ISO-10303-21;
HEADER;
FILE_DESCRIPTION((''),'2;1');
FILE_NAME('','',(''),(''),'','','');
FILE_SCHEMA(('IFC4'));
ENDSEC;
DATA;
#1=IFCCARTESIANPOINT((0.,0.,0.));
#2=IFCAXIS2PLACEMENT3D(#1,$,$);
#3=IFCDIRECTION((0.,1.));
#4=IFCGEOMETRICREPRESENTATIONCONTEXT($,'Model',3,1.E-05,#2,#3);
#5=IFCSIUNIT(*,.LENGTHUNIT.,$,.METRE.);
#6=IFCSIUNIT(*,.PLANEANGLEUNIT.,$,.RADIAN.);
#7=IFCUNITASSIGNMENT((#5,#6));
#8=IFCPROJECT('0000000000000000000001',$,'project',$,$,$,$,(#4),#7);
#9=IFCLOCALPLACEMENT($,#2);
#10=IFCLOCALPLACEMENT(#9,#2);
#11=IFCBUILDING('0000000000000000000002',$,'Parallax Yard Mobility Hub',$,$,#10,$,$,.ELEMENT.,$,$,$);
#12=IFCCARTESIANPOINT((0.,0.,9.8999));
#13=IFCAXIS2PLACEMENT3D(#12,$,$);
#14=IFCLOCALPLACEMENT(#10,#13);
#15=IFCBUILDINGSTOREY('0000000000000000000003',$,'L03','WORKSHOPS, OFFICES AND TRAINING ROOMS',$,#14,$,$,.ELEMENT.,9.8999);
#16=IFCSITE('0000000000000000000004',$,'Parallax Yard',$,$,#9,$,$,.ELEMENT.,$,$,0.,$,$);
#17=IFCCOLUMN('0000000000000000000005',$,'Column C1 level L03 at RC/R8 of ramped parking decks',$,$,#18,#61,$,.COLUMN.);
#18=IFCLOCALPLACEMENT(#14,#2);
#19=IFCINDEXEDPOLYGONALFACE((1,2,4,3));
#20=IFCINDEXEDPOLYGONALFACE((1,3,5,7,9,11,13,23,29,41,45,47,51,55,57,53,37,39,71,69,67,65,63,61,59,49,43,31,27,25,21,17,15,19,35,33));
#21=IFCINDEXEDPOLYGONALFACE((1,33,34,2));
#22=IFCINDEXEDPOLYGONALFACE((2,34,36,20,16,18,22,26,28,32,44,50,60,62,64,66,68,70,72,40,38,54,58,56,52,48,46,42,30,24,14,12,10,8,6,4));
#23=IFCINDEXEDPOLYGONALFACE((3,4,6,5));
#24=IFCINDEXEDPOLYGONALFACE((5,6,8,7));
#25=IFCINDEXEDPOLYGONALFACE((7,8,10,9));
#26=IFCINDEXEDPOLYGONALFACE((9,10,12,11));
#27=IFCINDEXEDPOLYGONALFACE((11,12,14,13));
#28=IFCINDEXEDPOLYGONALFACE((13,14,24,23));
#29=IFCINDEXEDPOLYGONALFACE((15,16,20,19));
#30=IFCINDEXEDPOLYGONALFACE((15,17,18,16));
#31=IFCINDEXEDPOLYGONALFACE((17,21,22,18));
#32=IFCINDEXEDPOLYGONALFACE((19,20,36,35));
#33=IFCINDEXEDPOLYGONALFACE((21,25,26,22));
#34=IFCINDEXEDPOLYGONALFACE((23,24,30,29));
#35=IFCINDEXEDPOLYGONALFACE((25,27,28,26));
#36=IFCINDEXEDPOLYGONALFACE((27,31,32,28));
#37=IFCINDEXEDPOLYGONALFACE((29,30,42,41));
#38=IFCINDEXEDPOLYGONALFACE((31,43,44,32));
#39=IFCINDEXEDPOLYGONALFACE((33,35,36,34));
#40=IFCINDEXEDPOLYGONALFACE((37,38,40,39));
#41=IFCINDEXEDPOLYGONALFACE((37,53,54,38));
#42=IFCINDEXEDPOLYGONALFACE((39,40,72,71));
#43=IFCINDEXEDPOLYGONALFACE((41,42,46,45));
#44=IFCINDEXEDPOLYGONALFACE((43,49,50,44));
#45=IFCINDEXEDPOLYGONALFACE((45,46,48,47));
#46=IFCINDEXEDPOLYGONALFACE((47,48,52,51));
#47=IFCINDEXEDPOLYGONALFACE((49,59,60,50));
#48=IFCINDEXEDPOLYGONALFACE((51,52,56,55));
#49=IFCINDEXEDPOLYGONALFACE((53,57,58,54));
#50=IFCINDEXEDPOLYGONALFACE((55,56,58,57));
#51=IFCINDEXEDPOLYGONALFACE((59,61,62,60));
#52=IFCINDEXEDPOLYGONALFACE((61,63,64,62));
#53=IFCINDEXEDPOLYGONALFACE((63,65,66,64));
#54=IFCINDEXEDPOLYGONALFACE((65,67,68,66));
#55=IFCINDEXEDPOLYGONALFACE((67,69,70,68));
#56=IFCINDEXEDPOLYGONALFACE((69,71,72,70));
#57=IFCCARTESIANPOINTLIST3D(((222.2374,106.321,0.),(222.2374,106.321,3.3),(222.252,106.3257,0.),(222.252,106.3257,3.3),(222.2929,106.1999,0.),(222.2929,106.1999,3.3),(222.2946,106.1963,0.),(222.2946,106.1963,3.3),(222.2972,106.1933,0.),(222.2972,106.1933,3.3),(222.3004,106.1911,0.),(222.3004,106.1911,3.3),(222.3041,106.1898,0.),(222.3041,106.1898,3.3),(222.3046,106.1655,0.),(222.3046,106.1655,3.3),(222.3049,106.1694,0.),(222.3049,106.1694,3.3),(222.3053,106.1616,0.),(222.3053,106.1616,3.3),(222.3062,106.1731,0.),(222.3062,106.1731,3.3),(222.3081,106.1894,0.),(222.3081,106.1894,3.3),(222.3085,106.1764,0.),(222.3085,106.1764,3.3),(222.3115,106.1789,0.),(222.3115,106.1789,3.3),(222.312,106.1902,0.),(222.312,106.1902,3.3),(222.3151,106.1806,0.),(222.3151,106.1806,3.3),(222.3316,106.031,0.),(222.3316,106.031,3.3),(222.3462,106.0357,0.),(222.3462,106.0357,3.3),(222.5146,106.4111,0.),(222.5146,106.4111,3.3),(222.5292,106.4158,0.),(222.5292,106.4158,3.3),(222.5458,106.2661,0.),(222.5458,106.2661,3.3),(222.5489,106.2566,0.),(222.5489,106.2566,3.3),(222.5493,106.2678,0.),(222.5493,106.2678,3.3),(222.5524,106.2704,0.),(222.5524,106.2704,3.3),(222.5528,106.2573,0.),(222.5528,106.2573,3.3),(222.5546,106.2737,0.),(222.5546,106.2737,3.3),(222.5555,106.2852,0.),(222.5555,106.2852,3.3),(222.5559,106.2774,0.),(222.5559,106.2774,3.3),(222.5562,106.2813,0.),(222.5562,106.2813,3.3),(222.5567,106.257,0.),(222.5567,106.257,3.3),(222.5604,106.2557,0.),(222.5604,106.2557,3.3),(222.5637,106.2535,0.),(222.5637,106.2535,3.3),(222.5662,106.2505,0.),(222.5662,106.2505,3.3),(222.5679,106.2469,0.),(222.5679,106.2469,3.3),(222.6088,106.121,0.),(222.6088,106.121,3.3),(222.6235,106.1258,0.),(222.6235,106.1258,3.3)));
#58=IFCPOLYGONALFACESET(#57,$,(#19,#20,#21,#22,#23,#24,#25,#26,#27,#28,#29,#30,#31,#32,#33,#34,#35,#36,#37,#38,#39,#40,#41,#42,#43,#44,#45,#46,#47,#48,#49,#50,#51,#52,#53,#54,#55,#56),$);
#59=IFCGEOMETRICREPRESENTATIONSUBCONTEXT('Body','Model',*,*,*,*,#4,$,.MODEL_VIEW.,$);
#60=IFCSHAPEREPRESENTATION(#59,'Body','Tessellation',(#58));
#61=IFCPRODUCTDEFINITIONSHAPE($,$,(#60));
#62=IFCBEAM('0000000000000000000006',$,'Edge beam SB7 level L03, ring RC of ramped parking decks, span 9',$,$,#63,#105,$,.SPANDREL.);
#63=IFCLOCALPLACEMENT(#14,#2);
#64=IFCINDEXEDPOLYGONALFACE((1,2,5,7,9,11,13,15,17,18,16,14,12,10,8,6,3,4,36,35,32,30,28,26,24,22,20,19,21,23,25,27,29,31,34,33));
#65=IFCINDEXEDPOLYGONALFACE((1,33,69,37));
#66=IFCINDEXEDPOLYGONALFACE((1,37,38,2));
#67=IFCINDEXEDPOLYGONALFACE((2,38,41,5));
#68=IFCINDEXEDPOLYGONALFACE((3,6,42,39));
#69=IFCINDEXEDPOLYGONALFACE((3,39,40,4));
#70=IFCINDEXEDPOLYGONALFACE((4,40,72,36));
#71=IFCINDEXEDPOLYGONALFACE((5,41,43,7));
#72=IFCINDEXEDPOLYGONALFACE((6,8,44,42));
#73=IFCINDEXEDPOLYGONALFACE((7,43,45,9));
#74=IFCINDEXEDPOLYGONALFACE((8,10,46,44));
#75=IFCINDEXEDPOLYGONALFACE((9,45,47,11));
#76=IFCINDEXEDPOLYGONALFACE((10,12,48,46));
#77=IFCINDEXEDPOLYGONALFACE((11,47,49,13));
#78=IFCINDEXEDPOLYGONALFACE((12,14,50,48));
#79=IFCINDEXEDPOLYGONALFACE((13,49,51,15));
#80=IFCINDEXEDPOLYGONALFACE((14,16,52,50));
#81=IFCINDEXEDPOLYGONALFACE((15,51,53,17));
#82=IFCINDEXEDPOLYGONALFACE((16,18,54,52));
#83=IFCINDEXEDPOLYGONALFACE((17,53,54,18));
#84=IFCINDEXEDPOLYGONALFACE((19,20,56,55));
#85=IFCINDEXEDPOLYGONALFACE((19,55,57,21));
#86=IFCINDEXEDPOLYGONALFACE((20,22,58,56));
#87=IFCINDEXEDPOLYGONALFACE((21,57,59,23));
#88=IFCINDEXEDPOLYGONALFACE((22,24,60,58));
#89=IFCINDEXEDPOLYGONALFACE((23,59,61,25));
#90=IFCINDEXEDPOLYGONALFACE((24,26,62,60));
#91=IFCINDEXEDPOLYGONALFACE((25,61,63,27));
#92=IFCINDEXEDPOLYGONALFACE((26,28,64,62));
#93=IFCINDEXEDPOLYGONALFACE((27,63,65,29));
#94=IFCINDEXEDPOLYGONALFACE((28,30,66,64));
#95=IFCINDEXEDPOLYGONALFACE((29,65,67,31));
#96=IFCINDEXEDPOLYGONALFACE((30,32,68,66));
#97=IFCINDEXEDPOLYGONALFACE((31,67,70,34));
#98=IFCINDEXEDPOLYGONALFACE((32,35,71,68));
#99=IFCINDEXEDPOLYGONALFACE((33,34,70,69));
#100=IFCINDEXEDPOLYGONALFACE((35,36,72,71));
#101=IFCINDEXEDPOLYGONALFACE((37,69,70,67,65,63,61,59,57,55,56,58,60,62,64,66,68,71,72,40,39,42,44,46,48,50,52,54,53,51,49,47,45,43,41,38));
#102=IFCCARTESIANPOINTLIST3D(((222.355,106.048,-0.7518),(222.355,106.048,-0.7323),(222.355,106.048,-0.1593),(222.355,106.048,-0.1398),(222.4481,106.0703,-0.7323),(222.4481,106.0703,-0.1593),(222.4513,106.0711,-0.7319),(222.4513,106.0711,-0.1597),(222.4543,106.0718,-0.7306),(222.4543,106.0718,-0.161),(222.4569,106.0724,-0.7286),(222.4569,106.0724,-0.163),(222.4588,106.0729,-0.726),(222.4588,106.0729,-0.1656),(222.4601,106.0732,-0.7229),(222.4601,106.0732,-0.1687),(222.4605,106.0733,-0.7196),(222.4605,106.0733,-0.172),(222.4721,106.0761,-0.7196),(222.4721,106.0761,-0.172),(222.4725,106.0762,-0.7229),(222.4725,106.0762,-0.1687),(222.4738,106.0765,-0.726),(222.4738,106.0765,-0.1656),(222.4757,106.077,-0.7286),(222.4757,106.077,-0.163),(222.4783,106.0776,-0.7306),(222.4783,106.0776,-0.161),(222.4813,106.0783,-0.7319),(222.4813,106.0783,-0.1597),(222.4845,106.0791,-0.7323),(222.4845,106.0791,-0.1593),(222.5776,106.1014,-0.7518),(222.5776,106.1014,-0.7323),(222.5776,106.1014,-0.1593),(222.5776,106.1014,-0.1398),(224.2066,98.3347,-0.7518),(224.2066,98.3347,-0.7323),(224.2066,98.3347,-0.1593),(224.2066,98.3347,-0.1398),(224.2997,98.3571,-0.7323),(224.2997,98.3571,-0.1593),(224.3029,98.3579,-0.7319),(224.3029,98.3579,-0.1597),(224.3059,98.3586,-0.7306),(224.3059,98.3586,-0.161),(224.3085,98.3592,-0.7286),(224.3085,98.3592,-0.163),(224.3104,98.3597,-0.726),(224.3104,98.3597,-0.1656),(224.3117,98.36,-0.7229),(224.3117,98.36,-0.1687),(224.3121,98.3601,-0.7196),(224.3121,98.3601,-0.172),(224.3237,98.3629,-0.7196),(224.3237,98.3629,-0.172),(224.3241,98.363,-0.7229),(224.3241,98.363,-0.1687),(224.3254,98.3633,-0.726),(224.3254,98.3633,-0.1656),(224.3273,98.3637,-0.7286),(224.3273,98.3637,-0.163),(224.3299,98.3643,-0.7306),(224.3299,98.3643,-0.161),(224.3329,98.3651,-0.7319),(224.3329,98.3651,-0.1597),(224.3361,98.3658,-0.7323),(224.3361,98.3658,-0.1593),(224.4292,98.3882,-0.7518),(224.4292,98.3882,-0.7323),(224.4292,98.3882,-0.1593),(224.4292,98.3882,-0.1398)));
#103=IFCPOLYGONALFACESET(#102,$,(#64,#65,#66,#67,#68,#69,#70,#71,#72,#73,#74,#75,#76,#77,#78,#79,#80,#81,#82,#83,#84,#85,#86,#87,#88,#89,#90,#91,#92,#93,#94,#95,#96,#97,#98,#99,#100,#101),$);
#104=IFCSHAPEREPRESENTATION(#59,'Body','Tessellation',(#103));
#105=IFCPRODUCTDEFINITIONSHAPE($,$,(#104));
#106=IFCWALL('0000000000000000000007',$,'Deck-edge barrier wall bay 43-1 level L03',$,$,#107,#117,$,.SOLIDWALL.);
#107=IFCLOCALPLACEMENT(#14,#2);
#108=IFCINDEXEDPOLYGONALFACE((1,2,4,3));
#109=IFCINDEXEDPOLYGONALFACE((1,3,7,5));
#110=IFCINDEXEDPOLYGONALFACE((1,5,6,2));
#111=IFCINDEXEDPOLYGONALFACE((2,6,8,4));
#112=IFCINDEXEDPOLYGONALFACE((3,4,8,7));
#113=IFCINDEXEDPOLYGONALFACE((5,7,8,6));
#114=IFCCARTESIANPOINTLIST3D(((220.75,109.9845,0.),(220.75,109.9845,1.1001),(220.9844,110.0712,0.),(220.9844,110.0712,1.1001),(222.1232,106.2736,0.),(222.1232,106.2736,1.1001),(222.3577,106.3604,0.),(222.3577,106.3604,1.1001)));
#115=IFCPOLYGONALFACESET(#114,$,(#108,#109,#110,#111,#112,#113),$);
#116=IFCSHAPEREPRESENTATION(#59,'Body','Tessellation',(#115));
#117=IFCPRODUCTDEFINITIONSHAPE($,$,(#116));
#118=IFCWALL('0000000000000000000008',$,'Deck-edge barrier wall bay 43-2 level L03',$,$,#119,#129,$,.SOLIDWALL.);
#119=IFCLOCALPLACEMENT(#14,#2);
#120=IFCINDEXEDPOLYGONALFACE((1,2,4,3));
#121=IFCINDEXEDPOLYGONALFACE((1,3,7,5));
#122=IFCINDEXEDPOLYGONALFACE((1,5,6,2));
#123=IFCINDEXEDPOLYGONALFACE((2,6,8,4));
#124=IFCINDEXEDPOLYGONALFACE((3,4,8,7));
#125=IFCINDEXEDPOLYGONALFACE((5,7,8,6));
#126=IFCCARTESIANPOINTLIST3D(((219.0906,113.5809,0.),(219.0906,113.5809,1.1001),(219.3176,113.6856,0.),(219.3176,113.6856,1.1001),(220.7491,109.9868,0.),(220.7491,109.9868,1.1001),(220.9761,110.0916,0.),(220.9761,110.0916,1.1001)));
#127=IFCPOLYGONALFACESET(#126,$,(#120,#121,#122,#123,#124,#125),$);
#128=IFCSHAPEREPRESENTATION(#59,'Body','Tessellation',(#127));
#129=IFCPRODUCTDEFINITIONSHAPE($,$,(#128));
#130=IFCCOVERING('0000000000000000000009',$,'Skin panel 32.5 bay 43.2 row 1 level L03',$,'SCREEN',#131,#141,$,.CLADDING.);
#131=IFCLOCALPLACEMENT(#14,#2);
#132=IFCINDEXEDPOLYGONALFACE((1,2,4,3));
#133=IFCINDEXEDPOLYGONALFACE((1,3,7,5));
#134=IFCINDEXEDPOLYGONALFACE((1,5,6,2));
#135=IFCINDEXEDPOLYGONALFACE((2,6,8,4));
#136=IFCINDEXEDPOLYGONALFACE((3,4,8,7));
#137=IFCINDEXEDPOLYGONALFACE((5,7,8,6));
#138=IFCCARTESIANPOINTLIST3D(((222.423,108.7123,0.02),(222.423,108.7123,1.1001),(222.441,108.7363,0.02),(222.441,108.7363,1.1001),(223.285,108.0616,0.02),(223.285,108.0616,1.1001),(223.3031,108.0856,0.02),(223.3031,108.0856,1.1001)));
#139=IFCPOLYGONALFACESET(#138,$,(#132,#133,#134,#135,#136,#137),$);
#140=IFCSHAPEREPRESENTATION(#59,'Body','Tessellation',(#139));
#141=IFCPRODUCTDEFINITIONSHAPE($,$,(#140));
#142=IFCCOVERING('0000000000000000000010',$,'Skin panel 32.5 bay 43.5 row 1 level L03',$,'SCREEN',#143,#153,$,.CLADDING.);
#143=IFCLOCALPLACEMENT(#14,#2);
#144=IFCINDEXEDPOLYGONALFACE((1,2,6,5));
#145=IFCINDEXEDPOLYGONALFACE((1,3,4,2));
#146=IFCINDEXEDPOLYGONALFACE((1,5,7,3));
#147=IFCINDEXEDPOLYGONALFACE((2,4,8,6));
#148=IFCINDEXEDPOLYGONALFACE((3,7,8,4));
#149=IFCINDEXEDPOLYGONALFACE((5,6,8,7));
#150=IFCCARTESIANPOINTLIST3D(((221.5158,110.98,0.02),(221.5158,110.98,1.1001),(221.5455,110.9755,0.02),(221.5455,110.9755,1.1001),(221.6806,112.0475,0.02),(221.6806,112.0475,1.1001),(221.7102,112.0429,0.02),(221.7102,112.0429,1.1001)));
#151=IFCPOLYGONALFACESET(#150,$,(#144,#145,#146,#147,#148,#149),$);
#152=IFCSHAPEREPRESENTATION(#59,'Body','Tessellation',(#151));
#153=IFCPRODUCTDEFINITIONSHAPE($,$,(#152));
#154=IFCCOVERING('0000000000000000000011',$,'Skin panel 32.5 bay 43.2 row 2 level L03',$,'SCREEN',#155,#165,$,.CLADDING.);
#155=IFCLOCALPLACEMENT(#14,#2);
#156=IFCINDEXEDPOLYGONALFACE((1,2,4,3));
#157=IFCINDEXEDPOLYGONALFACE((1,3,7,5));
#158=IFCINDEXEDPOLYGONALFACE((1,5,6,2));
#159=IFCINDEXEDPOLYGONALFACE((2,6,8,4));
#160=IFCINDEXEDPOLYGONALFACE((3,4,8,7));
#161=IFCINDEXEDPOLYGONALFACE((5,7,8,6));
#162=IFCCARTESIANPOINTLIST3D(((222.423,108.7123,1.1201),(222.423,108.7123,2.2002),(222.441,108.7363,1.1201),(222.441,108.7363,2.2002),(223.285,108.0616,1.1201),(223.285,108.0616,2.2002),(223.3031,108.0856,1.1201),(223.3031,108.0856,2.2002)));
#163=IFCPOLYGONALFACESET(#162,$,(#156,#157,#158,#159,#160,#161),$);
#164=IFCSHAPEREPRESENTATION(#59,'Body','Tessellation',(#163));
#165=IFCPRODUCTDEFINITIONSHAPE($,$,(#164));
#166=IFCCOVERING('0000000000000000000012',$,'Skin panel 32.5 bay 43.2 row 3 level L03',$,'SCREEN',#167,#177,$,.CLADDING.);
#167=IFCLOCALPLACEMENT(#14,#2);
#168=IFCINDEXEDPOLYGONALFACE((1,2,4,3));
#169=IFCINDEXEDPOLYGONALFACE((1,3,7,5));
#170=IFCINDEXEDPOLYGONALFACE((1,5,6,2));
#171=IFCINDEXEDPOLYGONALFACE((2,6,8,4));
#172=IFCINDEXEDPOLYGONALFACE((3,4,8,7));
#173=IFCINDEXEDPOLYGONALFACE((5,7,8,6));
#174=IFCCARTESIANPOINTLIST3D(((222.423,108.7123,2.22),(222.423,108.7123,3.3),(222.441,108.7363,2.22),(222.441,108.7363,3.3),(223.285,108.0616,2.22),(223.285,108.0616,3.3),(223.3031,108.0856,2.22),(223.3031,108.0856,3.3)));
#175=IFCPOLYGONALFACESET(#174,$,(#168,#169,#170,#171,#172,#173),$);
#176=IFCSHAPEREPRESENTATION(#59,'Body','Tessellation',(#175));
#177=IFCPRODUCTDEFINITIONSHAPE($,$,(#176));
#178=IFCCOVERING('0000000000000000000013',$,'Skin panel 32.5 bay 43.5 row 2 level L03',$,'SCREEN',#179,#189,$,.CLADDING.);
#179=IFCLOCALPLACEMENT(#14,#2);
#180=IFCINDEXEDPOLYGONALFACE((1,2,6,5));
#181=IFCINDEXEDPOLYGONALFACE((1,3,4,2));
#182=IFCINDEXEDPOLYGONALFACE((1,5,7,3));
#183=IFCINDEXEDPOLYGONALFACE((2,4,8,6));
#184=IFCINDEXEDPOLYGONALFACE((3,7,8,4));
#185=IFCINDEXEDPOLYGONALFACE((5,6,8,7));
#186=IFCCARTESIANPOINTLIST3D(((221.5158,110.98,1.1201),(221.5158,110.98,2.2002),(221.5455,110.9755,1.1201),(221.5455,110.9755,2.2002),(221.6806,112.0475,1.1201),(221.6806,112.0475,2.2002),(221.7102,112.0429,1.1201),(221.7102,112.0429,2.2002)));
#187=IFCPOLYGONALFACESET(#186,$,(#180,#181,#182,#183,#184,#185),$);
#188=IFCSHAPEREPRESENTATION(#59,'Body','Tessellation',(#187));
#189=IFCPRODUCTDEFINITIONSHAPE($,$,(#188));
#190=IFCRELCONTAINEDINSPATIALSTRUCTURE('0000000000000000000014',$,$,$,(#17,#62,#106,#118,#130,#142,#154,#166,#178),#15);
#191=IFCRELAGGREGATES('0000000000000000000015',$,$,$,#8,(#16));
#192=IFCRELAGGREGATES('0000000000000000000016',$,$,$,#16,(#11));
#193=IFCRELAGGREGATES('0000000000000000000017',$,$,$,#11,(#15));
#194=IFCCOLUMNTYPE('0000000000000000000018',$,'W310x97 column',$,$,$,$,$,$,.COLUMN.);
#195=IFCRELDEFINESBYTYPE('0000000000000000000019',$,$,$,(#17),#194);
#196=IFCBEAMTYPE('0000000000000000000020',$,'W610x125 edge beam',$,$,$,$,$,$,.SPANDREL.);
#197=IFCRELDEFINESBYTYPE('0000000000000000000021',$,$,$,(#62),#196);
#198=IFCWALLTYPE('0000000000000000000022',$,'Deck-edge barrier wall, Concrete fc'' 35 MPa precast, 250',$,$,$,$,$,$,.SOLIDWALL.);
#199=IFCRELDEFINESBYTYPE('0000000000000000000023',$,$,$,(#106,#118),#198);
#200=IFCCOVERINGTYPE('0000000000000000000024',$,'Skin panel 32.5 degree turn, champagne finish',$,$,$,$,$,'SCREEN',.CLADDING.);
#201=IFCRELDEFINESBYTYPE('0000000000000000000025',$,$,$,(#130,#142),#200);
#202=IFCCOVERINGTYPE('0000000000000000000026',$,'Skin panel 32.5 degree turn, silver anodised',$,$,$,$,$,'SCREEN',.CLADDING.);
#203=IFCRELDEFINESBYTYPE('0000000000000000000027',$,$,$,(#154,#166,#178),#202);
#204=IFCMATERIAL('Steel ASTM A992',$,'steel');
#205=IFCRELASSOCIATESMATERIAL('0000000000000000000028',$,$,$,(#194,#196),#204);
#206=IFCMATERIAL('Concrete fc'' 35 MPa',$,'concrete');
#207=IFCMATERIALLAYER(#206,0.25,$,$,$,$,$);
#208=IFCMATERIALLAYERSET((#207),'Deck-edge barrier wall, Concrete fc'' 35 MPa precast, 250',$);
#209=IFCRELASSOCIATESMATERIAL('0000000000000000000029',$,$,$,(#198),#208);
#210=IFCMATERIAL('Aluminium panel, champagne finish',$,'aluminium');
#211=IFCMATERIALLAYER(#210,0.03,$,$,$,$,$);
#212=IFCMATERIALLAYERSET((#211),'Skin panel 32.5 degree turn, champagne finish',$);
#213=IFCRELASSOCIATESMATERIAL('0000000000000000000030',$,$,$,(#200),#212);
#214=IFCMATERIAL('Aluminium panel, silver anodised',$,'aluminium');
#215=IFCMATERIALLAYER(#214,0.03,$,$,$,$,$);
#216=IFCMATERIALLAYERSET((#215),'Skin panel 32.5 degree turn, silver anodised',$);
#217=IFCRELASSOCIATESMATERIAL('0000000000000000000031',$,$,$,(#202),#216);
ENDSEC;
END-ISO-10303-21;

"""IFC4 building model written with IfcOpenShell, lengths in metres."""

from ifc_helpers import new_model, si_unit, direction, frame, frame_2d, origin, origin_2d, place, context, subcontext, project, spatial, rectangle, i_section, extrude, material, layer, layer_set, material_profile, profile_set, type_object, element, save


model = new_model("IFC4")

# Units and contexts
model_context = context("Model", 3, precision=1e-05, world=origin(), true_north=direction((0.0, 1.0)))
body_context = subcontext(model_context, "Body", "Model", "MODEL_VIEW")
ifc_project = project(units=[si_unit("LENGTHUNIT", "METRE"), si_unit("PLANEANGLEUNIT", "RADIAN")], contexts=[model_context])

# Site, building, storey
site_placement = place(None, origin())
site = spatial("IfcSite", under=ifc_project, at=site_placement, Name="Parallax Yard", CompositionType="ELEMENT", RefElevation=0.0)
building_placement = place(site_placement, origin())
building = spatial("IfcBuilding", under=site, at=building_placement, Name="Parallax Yard Mobility Hub", CompositionType="ELEMENT")
storey_placement = place(building_placement, frame((0.0, 0.0, 9.8999)))
storey = spatial("IfcBuildingStorey", under=building, at=storey_placement, Name="L03", Description="WORKSHOPS, OFFICES AND TRAINING ROOMS", CompositionType="ELEMENT", Elevation=9.8999)

# Column
ifc_material_1 = material(Name="Steel ASTM A992", Category="steel")
ifc_material_profile_1 = material_profile(ifc_material_1, i_section(OverallWidth=0.3049, OverallDepth=0.3069, WebThickness=0.01, FlangeThickness=0.0154, FilletRadius=0.0151, at=origin_2d()), Name="W310x97")
ifc_profile_set_1 = profile_set([ifc_material_profile_1], Name="Steel ASTM A992")
column_type = type_object("IfcColumnType", Name="W310x97 column", PredefinedType="COLUMN", material=ifc_profile_set_1)
column_placement = place(storey_placement, frame((222.4304, 106.2234, 0.0), z_axis=(0.0, 0.0, 1.0), x_axis=(-0.309017, 0.951057, 0.0)))
element("IfcColumn", 1, at=column_placement, inside=storey, type_object=column_type, Name="Column C1 level L03 at RC/R8 of ramped parking decks", PredefinedType="COLUMN", context=body_context, shape_type="SweptSolid", body=[
    extrude(i_section(OverallWidth=0.3049, OverallDepth=0.3069, WebThickness=0.01, FlangeThickness=0.0154, FilletRadius=0.0151, at=origin_2d()), origin(), (0.0, 0.0, 1.0), 3.3),
])

# Beam
ifc_material_profile_2 = material_profile(ifc_material_1, i_section(OverallWidth=0.229, OverallDepth=0.6121, WebThickness=0.012, FlangeThickness=0.0195, FilletRadius=0.0127, at=origin_2d()), Name="W610x125")
ifc_profile_set_2 = profile_set([ifc_material_profile_2], Name="Steel ASTM A992")
beam_type = type_object("IfcBeamType", Name="W610x125 edge beam", PredefinedType="SPANDREL", material=ifc_profile_set_2)
beam_placement = place(storey_placement, frame((222.4663, 106.0747, -0.4458), z_axis=(0.233422, -0.972376, 0.0), x_axis=(0.972376, 0.233422, 0.0)))
element("IfcBeam", 2, at=beam_placement, inside=storey, type_object=beam_type, Name="Edge beam SB7 level L03, ring RC of ramped parking decks, span 9", PredefinedType="SPANDREL", context=body_context, shape_type="SweptSolid", body=[
    extrude(i_section(OverallWidth=0.229, OverallDepth=0.6121, WebThickness=0.012, FlangeThickness=0.0195, FilletRadius=0.0127, at=origin_2d()), origin(), (0.0, 0.0, 1.0), 7.9324),
])

# Walls
ifc_material_2 = material(Name="Concrete fc' 35 MPa", Category="concrete")
ifc_layer_1 = layer(ifc_material_2, 0.25)
ifc_layer_set_1 = layer_set([ifc_layer_1], Name="Deck-edge barrier wall, Concrete fc' 35 MPa precast, 250")
wall_type = type_object("IfcWallType", Name="Deck-edge barrier wall, Concrete fc' 35 MPa precast, 250", PredefinedType="SOLIDWALL", material=ifc_layer_set_1)
wall_1_placement = place(storey_placement, frame((222.2405, 106.3169, 0.0), z_axis=(0.0, 0.0, 1.0), x_axis=(-0.347063, 0.937842, 0.0)))
element("IfcWall", 3, at=wall_1_placement, inside=storey, type_object=wall_type, Name="Deck-edge barrier wall bay 43-1 level L03", PredefinedType="SOLIDWALL", context=body_context, shape_type="SweptSolid", body=[
    extrude(rectangle(XDim=3.9568, YDim=0.25, at=frame_2d((1.9785, 0.0))), origin(), (0.0, 0.0, 1.0), 1.1001),
])
wall_2_placement = place(storey_placement, frame((220.8625, 110.0393, 0.0), z_axis=(0.0, 0.0, 1.0), x_axis=(-0.418992, 0.90799, 0.0)))
element("IfcWall", 4, at=wall_2_placement, inside=storey, type_object=wall_type, Name="Deck-edge barrier wall bay 43-2 level L03", PredefinedType="SOLIDWALL", context=body_context, shape_type="SweptSolid", body=[
    extrude(rectangle(XDim=3.9583, YDim=0.25, at=frame_2d((1.979, 0.0))), origin(), (0.0, 0.0, 1.0), 1.1001),
])

# Coverings
ifc_material_3 = material(Name="Aluminium panel, champagne finish", Category="aluminium")
ifc_layer_2 = layer(ifc_material_3, 0.03)
ifc_layer_set_2 = layer_set([ifc_layer_2], Name="Skin panel 32.5 degree turn, champagne finish")
covering_type_1 = type_object("IfcCoveringType", Name="Skin panel 32.5 degree turn, champagne finish", ElementType="SCREEN", PredefinedType="CLADDING", material=ifc_layer_set_2)
for number, where, z_axis, x_axis, name in (
    (5, (222.863, 108.3989, 0.02), (0.0, 0.0, 1.0), (0.798157, -0.602449, 0.0), "Skin panel 32.5 bay 43.2 row 1 level L03"),
    (6, (221.613, 111.5115, 0.02), (0.0, 0.0, 1.0), (0.152515, 0.988301, 0.0), "Skin panel 32.5 bay 43.5 row 1 level L03"),
):
    element("IfcCovering", number, at=place(storey_placement, frame(where, z_axis=z_axis, x_axis=x_axis)), inside=storey, type_object=covering_type_1, Name=name, ObjectType="SCREEN", PredefinedType="CLADDING", context=body_context, shape_type="SweptSolid", body=[
        extrude(rectangle(XDim=1.0801, YDim=0.03, at=origin_2d()), origin(), (0.0, 0.0, 1.0), 1.0801),
    ])
ifc_material_4 = material(Name="Aluminium panel, silver anodised", Category="aluminium")
ifc_layer_3 = layer(ifc_material_4, 0.03)
ifc_layer_set_3 = layer_set([ifc_layer_3], Name="Skin panel 32.5 degree turn, silver anodised")
covering_type_2 = type_object("IfcCoveringType", Name="Skin panel 32.5 degree turn, silver anodised", ElementType="SCREEN", PredefinedType="CLADDING", material=ifc_layer_set_3)
for number, where, z_axis, x_axis, name in (
    (7, (222.863, 108.3989, 1.1201), (0.0, 0.0, 1.0), (0.798157, -0.602449, 0.0), "Skin panel 32.5 bay 43.2 row 2 level L03"),
    (8, (222.863, 108.3989, 2.22), (0.0, 0.0, 1.0), (0.798157, -0.602449, 0.0), "Skin panel 32.5 bay 43.2 row 3 level L03"),
    (9, (221.613, 111.5115, 1.1201), (0.0, 0.0, 1.0), (0.152515, 0.988301, 0.0), "Skin panel 32.5 bay 43.5 row 2 level L03"),
):
    element("IfcCovering", number, at=place(storey_placement, frame(where, z_axis=z_axis, x_axis=x_axis)), inside=storey, type_object=covering_type_2, Name=name, ObjectType="SCREEN", PredefinedType="CLADDING", context=body_context, shape_type="SweptSolid", body=[
        extrude(rectangle(XDim=1.0801, YDim=0.03, at=origin_2d()), origin(), (0.0, 0.0, 1.0), 1.0801),
    ])

save(model, "model.ifc")
